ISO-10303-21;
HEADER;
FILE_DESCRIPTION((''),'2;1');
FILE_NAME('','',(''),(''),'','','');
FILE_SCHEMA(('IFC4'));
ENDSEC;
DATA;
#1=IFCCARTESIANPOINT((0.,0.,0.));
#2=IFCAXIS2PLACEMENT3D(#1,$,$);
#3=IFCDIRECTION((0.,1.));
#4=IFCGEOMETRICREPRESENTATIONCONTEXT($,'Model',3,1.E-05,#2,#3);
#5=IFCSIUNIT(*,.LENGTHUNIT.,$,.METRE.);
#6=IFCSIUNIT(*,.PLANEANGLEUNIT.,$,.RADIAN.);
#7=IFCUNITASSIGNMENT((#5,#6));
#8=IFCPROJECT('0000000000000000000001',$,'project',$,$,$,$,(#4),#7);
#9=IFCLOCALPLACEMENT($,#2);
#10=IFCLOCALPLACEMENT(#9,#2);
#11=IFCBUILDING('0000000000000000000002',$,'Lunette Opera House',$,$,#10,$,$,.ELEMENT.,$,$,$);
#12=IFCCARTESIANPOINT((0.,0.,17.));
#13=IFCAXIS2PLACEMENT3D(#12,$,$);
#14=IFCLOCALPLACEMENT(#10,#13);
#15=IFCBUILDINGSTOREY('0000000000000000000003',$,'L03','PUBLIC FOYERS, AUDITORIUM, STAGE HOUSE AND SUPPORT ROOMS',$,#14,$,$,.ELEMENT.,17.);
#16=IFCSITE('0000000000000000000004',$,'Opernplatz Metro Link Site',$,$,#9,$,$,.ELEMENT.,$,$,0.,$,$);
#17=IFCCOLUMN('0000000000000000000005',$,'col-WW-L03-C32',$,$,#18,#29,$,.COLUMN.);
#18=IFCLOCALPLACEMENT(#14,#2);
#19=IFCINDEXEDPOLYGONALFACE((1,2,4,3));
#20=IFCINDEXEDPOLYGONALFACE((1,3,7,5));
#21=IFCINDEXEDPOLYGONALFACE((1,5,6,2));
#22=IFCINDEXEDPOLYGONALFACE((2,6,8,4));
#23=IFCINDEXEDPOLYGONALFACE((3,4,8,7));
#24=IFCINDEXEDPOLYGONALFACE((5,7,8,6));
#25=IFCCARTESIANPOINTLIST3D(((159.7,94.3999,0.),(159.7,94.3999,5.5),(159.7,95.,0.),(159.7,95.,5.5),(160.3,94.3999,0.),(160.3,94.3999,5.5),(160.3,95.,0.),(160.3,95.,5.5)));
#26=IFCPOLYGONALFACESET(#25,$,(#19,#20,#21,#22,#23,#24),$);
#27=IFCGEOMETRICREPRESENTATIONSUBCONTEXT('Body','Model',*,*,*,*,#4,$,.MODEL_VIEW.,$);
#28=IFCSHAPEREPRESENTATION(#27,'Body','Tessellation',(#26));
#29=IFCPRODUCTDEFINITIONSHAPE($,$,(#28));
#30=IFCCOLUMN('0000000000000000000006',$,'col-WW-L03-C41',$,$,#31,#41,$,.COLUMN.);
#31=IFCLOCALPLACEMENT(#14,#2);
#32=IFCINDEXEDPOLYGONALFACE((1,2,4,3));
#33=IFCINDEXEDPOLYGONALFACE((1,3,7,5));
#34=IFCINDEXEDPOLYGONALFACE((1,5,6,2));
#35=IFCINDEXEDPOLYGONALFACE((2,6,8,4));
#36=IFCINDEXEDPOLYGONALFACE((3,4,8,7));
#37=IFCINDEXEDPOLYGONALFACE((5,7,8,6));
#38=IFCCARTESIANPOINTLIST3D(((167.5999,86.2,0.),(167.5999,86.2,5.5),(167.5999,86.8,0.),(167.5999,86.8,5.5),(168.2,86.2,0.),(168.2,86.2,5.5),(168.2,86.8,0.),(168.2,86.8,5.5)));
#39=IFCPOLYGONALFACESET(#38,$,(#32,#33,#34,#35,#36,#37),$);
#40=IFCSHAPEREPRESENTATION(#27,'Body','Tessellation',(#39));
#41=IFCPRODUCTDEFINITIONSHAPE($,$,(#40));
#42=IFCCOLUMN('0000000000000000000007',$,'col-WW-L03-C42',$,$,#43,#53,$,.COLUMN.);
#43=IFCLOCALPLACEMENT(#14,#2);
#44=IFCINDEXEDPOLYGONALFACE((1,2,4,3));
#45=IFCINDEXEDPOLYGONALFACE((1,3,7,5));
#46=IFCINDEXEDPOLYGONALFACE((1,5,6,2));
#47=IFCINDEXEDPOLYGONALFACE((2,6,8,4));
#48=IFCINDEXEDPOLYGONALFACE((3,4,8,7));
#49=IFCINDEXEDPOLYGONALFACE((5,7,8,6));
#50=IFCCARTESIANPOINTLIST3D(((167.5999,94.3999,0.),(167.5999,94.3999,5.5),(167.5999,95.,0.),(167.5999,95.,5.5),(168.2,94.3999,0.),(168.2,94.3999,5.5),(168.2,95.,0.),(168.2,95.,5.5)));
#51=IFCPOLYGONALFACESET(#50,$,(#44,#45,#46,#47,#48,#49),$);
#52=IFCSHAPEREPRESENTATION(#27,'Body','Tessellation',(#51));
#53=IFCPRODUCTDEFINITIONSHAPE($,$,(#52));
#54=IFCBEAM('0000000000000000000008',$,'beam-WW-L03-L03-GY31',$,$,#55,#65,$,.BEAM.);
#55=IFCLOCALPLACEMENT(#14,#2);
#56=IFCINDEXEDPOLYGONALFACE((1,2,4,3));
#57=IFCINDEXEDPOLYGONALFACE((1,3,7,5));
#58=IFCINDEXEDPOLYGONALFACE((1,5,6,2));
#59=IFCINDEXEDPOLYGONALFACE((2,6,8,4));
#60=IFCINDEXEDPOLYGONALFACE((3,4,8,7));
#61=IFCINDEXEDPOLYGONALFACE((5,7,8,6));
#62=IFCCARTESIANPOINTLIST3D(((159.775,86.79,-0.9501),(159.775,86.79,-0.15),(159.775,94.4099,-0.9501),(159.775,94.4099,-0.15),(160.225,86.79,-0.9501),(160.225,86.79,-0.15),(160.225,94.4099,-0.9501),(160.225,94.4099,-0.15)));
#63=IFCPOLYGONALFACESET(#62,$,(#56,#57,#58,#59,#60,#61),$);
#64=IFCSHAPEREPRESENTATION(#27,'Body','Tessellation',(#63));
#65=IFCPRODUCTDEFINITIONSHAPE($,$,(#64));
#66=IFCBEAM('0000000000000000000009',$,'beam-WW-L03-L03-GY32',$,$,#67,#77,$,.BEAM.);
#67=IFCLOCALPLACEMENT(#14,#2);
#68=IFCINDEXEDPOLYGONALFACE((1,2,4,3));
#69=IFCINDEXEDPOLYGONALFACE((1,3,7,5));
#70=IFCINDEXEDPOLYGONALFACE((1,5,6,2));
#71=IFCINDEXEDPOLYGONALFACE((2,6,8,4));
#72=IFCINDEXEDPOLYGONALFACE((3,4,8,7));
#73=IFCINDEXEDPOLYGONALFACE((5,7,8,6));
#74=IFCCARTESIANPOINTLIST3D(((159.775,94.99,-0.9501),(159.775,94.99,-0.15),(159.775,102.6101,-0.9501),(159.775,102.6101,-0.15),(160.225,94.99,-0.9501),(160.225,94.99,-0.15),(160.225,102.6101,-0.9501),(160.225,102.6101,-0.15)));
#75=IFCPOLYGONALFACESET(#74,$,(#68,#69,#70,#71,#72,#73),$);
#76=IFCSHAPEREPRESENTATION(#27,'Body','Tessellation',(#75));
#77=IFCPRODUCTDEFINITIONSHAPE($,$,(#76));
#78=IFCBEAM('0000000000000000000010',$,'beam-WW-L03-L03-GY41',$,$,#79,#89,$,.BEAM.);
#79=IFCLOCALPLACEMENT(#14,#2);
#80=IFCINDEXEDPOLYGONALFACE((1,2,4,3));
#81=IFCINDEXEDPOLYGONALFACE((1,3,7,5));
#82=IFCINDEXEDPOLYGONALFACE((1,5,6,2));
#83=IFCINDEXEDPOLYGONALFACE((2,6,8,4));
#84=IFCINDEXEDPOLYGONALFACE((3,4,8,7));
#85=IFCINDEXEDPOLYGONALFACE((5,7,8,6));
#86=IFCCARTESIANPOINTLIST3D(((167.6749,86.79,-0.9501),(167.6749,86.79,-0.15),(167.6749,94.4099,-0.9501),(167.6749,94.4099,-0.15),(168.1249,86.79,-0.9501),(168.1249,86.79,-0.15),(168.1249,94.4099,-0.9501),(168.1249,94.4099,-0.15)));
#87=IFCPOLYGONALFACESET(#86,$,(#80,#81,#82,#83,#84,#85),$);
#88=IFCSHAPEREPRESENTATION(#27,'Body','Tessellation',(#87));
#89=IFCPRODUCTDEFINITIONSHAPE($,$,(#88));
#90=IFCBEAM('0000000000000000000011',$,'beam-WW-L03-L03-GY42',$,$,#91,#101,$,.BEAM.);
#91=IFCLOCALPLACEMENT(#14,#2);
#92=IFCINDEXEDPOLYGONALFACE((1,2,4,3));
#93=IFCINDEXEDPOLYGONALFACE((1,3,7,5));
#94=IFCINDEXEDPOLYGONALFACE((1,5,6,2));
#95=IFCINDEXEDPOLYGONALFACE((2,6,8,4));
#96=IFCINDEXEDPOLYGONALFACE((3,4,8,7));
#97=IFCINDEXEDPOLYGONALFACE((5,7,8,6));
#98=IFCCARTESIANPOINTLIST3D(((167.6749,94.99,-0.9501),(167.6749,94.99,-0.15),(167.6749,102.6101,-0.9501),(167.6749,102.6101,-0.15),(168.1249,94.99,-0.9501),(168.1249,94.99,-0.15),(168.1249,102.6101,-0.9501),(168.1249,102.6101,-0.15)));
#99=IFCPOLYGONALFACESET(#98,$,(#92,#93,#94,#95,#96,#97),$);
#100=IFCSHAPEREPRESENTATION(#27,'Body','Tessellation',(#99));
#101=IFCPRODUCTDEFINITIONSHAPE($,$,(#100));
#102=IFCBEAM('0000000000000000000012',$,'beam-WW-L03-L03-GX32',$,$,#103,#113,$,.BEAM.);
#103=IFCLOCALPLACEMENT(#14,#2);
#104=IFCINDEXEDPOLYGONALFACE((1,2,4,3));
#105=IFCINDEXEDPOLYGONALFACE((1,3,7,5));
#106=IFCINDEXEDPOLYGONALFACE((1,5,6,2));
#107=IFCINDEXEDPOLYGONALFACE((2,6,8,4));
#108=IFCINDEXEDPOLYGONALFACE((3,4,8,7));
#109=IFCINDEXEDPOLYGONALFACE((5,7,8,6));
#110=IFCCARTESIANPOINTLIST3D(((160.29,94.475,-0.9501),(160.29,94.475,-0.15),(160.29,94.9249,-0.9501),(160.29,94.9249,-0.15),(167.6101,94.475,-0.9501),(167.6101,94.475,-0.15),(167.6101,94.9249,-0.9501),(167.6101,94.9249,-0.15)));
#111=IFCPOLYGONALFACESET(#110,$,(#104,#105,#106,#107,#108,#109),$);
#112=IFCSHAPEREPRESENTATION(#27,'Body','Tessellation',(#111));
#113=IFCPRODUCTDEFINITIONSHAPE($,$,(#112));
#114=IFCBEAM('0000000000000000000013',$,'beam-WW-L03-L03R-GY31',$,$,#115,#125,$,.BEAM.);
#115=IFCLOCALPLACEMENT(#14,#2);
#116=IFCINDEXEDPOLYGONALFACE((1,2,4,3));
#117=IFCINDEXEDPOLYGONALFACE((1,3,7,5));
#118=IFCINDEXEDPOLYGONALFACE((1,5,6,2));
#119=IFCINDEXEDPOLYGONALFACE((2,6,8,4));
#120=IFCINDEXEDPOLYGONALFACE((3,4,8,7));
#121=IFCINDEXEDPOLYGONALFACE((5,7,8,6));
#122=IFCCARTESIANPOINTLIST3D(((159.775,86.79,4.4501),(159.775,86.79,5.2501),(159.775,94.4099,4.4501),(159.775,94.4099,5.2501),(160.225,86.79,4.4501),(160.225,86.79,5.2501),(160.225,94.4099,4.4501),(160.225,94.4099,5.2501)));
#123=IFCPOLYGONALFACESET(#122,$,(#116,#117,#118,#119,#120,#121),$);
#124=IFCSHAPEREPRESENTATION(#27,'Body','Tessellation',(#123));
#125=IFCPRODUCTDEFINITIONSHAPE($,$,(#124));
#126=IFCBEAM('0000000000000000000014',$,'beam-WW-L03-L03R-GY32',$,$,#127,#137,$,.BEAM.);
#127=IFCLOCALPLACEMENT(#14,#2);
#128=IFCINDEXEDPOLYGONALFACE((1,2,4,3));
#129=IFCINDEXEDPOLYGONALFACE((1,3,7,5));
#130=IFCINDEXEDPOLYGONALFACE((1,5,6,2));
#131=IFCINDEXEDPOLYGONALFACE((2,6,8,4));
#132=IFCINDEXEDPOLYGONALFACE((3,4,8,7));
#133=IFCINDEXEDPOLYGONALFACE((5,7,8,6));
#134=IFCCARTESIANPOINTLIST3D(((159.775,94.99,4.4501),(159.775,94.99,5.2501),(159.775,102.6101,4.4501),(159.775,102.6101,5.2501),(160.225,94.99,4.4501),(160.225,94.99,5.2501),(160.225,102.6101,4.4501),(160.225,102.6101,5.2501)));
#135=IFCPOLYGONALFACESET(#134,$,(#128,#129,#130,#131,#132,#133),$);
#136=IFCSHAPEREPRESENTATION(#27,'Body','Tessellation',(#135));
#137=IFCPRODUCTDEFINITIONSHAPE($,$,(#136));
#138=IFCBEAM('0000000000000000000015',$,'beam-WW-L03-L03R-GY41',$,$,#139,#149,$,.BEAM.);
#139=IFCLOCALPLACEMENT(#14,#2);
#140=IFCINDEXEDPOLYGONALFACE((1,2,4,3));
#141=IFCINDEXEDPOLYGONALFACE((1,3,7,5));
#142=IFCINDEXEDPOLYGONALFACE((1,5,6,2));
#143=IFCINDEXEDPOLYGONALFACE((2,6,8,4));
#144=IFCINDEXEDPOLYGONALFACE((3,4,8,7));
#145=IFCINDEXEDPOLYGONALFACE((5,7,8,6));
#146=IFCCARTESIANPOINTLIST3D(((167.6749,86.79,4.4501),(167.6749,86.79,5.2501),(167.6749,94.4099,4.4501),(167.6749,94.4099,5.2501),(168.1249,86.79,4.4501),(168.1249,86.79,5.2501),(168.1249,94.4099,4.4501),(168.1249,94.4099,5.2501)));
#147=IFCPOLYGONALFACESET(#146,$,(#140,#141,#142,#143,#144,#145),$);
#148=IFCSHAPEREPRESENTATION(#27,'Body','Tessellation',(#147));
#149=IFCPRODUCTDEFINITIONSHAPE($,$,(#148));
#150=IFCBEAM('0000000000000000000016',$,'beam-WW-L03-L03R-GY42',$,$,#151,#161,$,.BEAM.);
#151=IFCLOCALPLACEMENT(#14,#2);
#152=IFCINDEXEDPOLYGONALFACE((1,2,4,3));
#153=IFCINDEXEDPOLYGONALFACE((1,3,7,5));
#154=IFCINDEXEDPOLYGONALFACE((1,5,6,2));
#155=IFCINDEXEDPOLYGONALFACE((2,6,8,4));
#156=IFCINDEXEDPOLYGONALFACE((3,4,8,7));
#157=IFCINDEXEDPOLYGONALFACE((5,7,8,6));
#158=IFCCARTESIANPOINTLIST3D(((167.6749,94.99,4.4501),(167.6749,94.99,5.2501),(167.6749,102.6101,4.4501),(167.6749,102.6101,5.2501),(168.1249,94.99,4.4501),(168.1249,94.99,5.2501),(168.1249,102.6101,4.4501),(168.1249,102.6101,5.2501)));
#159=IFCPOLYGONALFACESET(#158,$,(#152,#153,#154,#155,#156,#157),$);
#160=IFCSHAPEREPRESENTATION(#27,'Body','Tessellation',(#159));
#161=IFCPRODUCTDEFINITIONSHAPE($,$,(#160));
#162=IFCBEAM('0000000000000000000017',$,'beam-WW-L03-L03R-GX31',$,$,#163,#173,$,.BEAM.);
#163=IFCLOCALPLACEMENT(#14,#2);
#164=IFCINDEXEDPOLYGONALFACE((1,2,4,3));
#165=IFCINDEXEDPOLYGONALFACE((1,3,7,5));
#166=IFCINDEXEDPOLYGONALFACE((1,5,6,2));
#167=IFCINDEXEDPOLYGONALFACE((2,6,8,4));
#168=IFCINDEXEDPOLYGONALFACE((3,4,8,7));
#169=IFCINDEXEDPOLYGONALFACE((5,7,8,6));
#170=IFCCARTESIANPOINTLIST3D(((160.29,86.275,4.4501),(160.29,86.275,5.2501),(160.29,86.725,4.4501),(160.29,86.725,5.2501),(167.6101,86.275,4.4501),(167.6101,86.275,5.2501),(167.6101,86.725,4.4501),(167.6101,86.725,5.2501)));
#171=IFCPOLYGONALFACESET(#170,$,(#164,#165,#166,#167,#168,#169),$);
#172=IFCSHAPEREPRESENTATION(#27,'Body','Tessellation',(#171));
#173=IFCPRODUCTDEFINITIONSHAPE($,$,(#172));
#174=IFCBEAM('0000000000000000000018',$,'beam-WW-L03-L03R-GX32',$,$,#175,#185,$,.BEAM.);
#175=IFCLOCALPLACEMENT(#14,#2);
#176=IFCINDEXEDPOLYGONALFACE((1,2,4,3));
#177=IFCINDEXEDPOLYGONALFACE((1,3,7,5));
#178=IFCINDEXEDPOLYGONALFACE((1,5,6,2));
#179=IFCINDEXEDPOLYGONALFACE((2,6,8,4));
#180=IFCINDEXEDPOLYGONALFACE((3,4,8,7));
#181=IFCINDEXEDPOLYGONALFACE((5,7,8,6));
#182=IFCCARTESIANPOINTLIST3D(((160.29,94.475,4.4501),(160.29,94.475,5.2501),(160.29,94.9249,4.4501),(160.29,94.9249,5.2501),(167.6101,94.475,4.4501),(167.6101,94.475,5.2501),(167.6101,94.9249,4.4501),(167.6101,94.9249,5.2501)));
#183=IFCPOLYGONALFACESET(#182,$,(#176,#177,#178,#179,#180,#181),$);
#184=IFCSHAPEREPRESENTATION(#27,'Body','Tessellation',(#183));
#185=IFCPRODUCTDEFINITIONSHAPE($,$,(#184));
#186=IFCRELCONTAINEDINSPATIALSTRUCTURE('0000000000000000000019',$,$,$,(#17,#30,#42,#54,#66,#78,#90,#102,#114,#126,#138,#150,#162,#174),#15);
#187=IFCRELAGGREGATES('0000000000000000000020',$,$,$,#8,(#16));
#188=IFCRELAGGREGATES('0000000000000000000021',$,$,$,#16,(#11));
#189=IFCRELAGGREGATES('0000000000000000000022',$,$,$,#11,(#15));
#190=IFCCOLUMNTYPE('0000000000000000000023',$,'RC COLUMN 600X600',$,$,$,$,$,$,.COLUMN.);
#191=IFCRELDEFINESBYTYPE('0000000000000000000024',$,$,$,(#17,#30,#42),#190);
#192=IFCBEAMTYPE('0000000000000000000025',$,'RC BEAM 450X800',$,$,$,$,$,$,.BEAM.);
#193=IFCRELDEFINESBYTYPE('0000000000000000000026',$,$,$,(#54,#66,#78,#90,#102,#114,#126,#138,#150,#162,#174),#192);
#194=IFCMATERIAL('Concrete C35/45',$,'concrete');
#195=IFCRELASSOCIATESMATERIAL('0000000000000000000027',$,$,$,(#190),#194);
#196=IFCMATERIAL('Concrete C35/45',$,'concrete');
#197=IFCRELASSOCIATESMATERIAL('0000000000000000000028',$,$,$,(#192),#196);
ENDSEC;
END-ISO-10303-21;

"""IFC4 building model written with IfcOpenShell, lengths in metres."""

from ifc_helpers import new_model, si_unit, direction, frame, origin, origin_2d, place, context, subcontext, project, spatial, rectangle, extrude, material, material_profile, profile_set, type_object, element, save


model = new_model("IFC4")

# Units and contexts
model_context = context("Model", 3, precision=1e-05, world=origin(), true_north=direction((0.0, 1.0)))
body_context = subcontext(model_context, "Body", "Model", "MODEL_VIEW")
ifc_project = project(units=[si_unit("LENGTHUNIT", "METRE"), si_unit("PLANEANGLEUNIT", "RADIAN")], contexts=[model_context])

# Site, building, storey
site_placement = place(None, origin())
site = spatial("IfcSite", under=ifc_project, at=site_placement, Name="Opernplatz Metro Link Site", CompositionType="ELEMENT", RefElevation=0.0)
building_placement = place(site_placement, origin())
building = spatial("IfcBuilding", under=site, at=building_placement, Name="Lunette Opera House", CompositionType="ELEMENT")
storey_placement = place(building_placement, frame((0.0, 0.0, 17.0)))
storey = spatial("IfcBuildingStorey", under=building, at=storey_placement, Name="L03", Description="PUBLIC FOYERS, AUDITORIUM, STAGE HOUSE AND SUPPORT ROOMS", CompositionType="ELEMENT", Elevation=17.0)

# Columns
ifc_material_1 = material(Name="Concrete C35/45", Category="concrete")
ifc_material_profile_1 = material_profile(ifc_material_1, rectangle(XDim=0.6001, YDim=0.6001, at=origin_2d()), Name="RC COLUMN 600X600")
ifc_profile_set_1 = profile_set([ifc_material_profile_1], Name="Concrete C35/45")
column_type = type_object("IfcColumnType", Name="RC COLUMN 600X600", PredefinedType="COLUMN", material=ifc_profile_set_1)
for number, where, z_axis, x_axis, name in (
    (1, (160.0, 94.7, 0.0), (0.0, 0.0, 1.0), (1.0, 0.0, 0.0), "col-WW-L03-C32"),
    (2, (167.8999, 86.5, 0.0), (0.0, 0.0, 1.0), (1.0, 0.0, 0.0), "col-WW-L03-C41"),
    (3, (167.8999, 94.7, 0.0), (0.0, 0.0, 1.0), (1.0, 0.0, 0.0), "col-WW-L03-C42"),
):
    element("IfcColumn", number, at=place(storey_placement, frame(where, z_axis=z_axis, x_axis=x_axis)), inside=storey, type_object=column_type, Name=name, PredefinedType="COLUMN", context=body_context, shape_type="SweptSolid", body=[
        extrude(rectangle(XDim=0.6001, YDim=0.6001, at=origin_2d()), origin(), (0.0, 0.0, 1.0), 5.5),
    ])

# Beams
ifc_material_2 = material(Name="Concrete C35/45", Category="concrete")
ifc_material_profile_2 = material_profile(ifc_material_2, rectangle(XDim=0.45, YDim=0.8, at=origin_2d()), Name="RC BEAM 450X800")
ifc_profile_set_2 = profile_set([ifc_material_profile_2], Name="Concrete C35/45")
beam_type_1 = type_object("IfcBeamType", Name="RC BEAM 450X800", PredefinedType="BEAM", material=ifc_profile_set_2)
beam_1_placement = place(storey_placement, frame((160.0, 86.79, -0.55), z_axis=(0.0, 1.0, 0.0), x_axis=(-1.0, 0.0, 0.0)))
element("IfcBeam", 4, at=beam_1_placement, inside=storey, type_object=beam_type_1, Name="beam-WW-L03-L03-GY31", PredefinedType="BEAM", context=body_context, shape_type="SweptSolid", body=[
    extrude(rectangle(XDim=0.45, YDim=0.8, at=origin_2d()), origin(), (0.0, 0.0, 1.0), 7.6199),
])
beam_2_placement = place(storey_placement, frame((160.0, 94.99, -0.55), z_axis=(0.0, 1.0, 0.0), x_axis=(-1.0, 0.0, 0.0)))
element("IfcBeam", 5, at=beam_2_placement, inside=storey, type_object=beam_type_1, Name="beam-WW-L03-L03-GY32", PredefinedType="BEAM", context=body_context, shape_type="SweptSolid", body=[
    extrude(rectangle(XDim=0.45, YDim=0.8, at=origin_2d()), origin(), (0.0, 0.0, 1.0), 7.6201),
])
beam_3_placement = place(storey_placement, frame((167.8999, 86.79, -0.55), z_axis=(0.0, 1.0, 0.0), x_axis=(-1.0, 0.0, 0.0)))
element("IfcBeam", 6, at=beam_3_placement, inside=storey, type_object=beam_type_1, Name="beam-WW-L03-L03-GY41", PredefinedType="BEAM", context=body_context, shape_type="SweptSolid", body=[
    extrude(rectangle(XDim=0.45, YDim=0.8, at=origin_2d()), origin(), (0.0, 0.0, 1.0), 7.6199),
])
beam_4_placement = place(storey_placement, frame((167.8999, 94.99, -0.55), z_axis=(0.0, 1.0, 0.0), x_axis=(-1.0, 0.0, 0.0)))
element("IfcBeam", 7, at=beam_4_placement, inside=storey, type_object=beam_type_1, Name="beam-WW-L03-L03-GY42", PredefinedType="BEAM", context=body_context, shape_type="SweptSolid", body=[
    extrude(rectangle(XDim=0.45, YDim=0.8, at=origin_2d()), origin(), (0.0, 0.0, 1.0), 7.6201),
])
beam_5_placement = place(storey_placement, frame((160.29, 94.7, -0.55), z_axis=(1.0, 0.0, 0.0), x_axis=(0.0, 1.0, 0.0)))
element("IfcBeam", 8, at=beam_5_placement, inside=storey, type_object=beam_type_1, Name="beam-WW-L03-L03-GX32", PredefinedType="BEAM", context=body_context, shape_type="SweptSolid", body=[
    extrude(rectangle(XDim=0.45, YDim=0.8, at=origin_2d()), origin(), (0.0, 0.0, 1.0), 7.3201),
])
beam_6_placement = place(storey_placement, frame((160.0, 86.79, 4.8501), z_axis=(0.0, 1.0, 0.0), x_axis=(-1.0, 0.0, 0.0)))
element("IfcBeam", 9, at=beam_6_placement, inside=storey, type_object=beam_type_1, Name="beam-WW-L03-L03R-GY31", PredefinedType="BEAM", context=body_context, shape_type="SweptSolid", body=[
    extrude(rectangle(XDim=0.45, YDim=0.8, at=origin_2d()), origin(), (0.0, 0.0, 1.0), 7.6199),
])
beam_7_placement = place(storey_placement, frame((160.0, 94.99, 4.8501), z_axis=(0.0, 1.0, 0.0), x_axis=(-1.0, 0.0, 0.0)))
element("IfcBeam", 10, at=beam_7_placement, inside=storey, type_object=beam_type_1, Name="beam-WW-L03-L03R-GY32", PredefinedType="BEAM", context=body_context, shape_type="SweptSolid", body=[
    extrude(rectangle(XDim=0.45, YDim=0.8, at=origin_2d()), origin(), (0.0, 0.0, 1.0), 7.6201),
])
beam_8_placement = place(storey_placement, frame((167.8999, 86.79, 4.8501), z_axis=(0.0, 1.0, 0.0), x_axis=(-1.0, 0.0, 0.0)))
element("IfcBeam", 11, at=beam_8_placement, inside=storey, type_object=beam_type_1, Name="beam-WW-L03-L03R-GY41", PredefinedType="BEAM", context=body_context, shape_type="SweptSolid", body=[
    extrude(rectangle(XDim=0.45, YDim=0.8, at=origin_2d()), origin(), (0.0, 0.0, 1.0), 7.6199),
])
beam_9_placement = place(storey_placement, frame((167.8999, 94.99, 4.8501), z_axis=(0.0, 1.0, 0.0), x_axis=(-1.0, 0.0, 0.0)))
element("IfcBeam", 12, at=beam_9_placement, inside=storey, type_object=beam_type_1, Name="beam-WW-L03-L03R-GY42", PredefinedType="BEAM", context=body_context, shape_type="SweptSolid", body=[
    extrude(rectangle(XDim=0.45, YDim=0.8, at=origin_2d()), origin(), (0.0, 0.0, 1.0), 7.6201),
])
for number, where, z_axis, x_axis, name in (
    (13, (160.29, 86.5, 4.8501), (1.0, 0.0, 0.0), (0.0, 1.0, 0.0), "beam-WW-L03-L03R-GX31"),
    (14, (160.29, 94.7, 4.8501), (1.0, 0.0, 0.0), (0.0, 1.0, 0.0), "beam-WW-L03-L03R-GX32"),
):
    element("IfcBeam", number, at=place(storey_placement, frame(where, z_axis=z_axis, x_axis=x_axis)), inside=storey, type_object=beam_type_1, Name=name, PredefinedType="BEAM", context=body_context, shape_type="SweptSolid", body=[
        extrude(rectangle(XDim=0.45, YDim=0.8, at=origin_2d()), origin(), (0.0, 0.0, 1.0), 7.3201),
    ])

save(model, "model.ifc")
